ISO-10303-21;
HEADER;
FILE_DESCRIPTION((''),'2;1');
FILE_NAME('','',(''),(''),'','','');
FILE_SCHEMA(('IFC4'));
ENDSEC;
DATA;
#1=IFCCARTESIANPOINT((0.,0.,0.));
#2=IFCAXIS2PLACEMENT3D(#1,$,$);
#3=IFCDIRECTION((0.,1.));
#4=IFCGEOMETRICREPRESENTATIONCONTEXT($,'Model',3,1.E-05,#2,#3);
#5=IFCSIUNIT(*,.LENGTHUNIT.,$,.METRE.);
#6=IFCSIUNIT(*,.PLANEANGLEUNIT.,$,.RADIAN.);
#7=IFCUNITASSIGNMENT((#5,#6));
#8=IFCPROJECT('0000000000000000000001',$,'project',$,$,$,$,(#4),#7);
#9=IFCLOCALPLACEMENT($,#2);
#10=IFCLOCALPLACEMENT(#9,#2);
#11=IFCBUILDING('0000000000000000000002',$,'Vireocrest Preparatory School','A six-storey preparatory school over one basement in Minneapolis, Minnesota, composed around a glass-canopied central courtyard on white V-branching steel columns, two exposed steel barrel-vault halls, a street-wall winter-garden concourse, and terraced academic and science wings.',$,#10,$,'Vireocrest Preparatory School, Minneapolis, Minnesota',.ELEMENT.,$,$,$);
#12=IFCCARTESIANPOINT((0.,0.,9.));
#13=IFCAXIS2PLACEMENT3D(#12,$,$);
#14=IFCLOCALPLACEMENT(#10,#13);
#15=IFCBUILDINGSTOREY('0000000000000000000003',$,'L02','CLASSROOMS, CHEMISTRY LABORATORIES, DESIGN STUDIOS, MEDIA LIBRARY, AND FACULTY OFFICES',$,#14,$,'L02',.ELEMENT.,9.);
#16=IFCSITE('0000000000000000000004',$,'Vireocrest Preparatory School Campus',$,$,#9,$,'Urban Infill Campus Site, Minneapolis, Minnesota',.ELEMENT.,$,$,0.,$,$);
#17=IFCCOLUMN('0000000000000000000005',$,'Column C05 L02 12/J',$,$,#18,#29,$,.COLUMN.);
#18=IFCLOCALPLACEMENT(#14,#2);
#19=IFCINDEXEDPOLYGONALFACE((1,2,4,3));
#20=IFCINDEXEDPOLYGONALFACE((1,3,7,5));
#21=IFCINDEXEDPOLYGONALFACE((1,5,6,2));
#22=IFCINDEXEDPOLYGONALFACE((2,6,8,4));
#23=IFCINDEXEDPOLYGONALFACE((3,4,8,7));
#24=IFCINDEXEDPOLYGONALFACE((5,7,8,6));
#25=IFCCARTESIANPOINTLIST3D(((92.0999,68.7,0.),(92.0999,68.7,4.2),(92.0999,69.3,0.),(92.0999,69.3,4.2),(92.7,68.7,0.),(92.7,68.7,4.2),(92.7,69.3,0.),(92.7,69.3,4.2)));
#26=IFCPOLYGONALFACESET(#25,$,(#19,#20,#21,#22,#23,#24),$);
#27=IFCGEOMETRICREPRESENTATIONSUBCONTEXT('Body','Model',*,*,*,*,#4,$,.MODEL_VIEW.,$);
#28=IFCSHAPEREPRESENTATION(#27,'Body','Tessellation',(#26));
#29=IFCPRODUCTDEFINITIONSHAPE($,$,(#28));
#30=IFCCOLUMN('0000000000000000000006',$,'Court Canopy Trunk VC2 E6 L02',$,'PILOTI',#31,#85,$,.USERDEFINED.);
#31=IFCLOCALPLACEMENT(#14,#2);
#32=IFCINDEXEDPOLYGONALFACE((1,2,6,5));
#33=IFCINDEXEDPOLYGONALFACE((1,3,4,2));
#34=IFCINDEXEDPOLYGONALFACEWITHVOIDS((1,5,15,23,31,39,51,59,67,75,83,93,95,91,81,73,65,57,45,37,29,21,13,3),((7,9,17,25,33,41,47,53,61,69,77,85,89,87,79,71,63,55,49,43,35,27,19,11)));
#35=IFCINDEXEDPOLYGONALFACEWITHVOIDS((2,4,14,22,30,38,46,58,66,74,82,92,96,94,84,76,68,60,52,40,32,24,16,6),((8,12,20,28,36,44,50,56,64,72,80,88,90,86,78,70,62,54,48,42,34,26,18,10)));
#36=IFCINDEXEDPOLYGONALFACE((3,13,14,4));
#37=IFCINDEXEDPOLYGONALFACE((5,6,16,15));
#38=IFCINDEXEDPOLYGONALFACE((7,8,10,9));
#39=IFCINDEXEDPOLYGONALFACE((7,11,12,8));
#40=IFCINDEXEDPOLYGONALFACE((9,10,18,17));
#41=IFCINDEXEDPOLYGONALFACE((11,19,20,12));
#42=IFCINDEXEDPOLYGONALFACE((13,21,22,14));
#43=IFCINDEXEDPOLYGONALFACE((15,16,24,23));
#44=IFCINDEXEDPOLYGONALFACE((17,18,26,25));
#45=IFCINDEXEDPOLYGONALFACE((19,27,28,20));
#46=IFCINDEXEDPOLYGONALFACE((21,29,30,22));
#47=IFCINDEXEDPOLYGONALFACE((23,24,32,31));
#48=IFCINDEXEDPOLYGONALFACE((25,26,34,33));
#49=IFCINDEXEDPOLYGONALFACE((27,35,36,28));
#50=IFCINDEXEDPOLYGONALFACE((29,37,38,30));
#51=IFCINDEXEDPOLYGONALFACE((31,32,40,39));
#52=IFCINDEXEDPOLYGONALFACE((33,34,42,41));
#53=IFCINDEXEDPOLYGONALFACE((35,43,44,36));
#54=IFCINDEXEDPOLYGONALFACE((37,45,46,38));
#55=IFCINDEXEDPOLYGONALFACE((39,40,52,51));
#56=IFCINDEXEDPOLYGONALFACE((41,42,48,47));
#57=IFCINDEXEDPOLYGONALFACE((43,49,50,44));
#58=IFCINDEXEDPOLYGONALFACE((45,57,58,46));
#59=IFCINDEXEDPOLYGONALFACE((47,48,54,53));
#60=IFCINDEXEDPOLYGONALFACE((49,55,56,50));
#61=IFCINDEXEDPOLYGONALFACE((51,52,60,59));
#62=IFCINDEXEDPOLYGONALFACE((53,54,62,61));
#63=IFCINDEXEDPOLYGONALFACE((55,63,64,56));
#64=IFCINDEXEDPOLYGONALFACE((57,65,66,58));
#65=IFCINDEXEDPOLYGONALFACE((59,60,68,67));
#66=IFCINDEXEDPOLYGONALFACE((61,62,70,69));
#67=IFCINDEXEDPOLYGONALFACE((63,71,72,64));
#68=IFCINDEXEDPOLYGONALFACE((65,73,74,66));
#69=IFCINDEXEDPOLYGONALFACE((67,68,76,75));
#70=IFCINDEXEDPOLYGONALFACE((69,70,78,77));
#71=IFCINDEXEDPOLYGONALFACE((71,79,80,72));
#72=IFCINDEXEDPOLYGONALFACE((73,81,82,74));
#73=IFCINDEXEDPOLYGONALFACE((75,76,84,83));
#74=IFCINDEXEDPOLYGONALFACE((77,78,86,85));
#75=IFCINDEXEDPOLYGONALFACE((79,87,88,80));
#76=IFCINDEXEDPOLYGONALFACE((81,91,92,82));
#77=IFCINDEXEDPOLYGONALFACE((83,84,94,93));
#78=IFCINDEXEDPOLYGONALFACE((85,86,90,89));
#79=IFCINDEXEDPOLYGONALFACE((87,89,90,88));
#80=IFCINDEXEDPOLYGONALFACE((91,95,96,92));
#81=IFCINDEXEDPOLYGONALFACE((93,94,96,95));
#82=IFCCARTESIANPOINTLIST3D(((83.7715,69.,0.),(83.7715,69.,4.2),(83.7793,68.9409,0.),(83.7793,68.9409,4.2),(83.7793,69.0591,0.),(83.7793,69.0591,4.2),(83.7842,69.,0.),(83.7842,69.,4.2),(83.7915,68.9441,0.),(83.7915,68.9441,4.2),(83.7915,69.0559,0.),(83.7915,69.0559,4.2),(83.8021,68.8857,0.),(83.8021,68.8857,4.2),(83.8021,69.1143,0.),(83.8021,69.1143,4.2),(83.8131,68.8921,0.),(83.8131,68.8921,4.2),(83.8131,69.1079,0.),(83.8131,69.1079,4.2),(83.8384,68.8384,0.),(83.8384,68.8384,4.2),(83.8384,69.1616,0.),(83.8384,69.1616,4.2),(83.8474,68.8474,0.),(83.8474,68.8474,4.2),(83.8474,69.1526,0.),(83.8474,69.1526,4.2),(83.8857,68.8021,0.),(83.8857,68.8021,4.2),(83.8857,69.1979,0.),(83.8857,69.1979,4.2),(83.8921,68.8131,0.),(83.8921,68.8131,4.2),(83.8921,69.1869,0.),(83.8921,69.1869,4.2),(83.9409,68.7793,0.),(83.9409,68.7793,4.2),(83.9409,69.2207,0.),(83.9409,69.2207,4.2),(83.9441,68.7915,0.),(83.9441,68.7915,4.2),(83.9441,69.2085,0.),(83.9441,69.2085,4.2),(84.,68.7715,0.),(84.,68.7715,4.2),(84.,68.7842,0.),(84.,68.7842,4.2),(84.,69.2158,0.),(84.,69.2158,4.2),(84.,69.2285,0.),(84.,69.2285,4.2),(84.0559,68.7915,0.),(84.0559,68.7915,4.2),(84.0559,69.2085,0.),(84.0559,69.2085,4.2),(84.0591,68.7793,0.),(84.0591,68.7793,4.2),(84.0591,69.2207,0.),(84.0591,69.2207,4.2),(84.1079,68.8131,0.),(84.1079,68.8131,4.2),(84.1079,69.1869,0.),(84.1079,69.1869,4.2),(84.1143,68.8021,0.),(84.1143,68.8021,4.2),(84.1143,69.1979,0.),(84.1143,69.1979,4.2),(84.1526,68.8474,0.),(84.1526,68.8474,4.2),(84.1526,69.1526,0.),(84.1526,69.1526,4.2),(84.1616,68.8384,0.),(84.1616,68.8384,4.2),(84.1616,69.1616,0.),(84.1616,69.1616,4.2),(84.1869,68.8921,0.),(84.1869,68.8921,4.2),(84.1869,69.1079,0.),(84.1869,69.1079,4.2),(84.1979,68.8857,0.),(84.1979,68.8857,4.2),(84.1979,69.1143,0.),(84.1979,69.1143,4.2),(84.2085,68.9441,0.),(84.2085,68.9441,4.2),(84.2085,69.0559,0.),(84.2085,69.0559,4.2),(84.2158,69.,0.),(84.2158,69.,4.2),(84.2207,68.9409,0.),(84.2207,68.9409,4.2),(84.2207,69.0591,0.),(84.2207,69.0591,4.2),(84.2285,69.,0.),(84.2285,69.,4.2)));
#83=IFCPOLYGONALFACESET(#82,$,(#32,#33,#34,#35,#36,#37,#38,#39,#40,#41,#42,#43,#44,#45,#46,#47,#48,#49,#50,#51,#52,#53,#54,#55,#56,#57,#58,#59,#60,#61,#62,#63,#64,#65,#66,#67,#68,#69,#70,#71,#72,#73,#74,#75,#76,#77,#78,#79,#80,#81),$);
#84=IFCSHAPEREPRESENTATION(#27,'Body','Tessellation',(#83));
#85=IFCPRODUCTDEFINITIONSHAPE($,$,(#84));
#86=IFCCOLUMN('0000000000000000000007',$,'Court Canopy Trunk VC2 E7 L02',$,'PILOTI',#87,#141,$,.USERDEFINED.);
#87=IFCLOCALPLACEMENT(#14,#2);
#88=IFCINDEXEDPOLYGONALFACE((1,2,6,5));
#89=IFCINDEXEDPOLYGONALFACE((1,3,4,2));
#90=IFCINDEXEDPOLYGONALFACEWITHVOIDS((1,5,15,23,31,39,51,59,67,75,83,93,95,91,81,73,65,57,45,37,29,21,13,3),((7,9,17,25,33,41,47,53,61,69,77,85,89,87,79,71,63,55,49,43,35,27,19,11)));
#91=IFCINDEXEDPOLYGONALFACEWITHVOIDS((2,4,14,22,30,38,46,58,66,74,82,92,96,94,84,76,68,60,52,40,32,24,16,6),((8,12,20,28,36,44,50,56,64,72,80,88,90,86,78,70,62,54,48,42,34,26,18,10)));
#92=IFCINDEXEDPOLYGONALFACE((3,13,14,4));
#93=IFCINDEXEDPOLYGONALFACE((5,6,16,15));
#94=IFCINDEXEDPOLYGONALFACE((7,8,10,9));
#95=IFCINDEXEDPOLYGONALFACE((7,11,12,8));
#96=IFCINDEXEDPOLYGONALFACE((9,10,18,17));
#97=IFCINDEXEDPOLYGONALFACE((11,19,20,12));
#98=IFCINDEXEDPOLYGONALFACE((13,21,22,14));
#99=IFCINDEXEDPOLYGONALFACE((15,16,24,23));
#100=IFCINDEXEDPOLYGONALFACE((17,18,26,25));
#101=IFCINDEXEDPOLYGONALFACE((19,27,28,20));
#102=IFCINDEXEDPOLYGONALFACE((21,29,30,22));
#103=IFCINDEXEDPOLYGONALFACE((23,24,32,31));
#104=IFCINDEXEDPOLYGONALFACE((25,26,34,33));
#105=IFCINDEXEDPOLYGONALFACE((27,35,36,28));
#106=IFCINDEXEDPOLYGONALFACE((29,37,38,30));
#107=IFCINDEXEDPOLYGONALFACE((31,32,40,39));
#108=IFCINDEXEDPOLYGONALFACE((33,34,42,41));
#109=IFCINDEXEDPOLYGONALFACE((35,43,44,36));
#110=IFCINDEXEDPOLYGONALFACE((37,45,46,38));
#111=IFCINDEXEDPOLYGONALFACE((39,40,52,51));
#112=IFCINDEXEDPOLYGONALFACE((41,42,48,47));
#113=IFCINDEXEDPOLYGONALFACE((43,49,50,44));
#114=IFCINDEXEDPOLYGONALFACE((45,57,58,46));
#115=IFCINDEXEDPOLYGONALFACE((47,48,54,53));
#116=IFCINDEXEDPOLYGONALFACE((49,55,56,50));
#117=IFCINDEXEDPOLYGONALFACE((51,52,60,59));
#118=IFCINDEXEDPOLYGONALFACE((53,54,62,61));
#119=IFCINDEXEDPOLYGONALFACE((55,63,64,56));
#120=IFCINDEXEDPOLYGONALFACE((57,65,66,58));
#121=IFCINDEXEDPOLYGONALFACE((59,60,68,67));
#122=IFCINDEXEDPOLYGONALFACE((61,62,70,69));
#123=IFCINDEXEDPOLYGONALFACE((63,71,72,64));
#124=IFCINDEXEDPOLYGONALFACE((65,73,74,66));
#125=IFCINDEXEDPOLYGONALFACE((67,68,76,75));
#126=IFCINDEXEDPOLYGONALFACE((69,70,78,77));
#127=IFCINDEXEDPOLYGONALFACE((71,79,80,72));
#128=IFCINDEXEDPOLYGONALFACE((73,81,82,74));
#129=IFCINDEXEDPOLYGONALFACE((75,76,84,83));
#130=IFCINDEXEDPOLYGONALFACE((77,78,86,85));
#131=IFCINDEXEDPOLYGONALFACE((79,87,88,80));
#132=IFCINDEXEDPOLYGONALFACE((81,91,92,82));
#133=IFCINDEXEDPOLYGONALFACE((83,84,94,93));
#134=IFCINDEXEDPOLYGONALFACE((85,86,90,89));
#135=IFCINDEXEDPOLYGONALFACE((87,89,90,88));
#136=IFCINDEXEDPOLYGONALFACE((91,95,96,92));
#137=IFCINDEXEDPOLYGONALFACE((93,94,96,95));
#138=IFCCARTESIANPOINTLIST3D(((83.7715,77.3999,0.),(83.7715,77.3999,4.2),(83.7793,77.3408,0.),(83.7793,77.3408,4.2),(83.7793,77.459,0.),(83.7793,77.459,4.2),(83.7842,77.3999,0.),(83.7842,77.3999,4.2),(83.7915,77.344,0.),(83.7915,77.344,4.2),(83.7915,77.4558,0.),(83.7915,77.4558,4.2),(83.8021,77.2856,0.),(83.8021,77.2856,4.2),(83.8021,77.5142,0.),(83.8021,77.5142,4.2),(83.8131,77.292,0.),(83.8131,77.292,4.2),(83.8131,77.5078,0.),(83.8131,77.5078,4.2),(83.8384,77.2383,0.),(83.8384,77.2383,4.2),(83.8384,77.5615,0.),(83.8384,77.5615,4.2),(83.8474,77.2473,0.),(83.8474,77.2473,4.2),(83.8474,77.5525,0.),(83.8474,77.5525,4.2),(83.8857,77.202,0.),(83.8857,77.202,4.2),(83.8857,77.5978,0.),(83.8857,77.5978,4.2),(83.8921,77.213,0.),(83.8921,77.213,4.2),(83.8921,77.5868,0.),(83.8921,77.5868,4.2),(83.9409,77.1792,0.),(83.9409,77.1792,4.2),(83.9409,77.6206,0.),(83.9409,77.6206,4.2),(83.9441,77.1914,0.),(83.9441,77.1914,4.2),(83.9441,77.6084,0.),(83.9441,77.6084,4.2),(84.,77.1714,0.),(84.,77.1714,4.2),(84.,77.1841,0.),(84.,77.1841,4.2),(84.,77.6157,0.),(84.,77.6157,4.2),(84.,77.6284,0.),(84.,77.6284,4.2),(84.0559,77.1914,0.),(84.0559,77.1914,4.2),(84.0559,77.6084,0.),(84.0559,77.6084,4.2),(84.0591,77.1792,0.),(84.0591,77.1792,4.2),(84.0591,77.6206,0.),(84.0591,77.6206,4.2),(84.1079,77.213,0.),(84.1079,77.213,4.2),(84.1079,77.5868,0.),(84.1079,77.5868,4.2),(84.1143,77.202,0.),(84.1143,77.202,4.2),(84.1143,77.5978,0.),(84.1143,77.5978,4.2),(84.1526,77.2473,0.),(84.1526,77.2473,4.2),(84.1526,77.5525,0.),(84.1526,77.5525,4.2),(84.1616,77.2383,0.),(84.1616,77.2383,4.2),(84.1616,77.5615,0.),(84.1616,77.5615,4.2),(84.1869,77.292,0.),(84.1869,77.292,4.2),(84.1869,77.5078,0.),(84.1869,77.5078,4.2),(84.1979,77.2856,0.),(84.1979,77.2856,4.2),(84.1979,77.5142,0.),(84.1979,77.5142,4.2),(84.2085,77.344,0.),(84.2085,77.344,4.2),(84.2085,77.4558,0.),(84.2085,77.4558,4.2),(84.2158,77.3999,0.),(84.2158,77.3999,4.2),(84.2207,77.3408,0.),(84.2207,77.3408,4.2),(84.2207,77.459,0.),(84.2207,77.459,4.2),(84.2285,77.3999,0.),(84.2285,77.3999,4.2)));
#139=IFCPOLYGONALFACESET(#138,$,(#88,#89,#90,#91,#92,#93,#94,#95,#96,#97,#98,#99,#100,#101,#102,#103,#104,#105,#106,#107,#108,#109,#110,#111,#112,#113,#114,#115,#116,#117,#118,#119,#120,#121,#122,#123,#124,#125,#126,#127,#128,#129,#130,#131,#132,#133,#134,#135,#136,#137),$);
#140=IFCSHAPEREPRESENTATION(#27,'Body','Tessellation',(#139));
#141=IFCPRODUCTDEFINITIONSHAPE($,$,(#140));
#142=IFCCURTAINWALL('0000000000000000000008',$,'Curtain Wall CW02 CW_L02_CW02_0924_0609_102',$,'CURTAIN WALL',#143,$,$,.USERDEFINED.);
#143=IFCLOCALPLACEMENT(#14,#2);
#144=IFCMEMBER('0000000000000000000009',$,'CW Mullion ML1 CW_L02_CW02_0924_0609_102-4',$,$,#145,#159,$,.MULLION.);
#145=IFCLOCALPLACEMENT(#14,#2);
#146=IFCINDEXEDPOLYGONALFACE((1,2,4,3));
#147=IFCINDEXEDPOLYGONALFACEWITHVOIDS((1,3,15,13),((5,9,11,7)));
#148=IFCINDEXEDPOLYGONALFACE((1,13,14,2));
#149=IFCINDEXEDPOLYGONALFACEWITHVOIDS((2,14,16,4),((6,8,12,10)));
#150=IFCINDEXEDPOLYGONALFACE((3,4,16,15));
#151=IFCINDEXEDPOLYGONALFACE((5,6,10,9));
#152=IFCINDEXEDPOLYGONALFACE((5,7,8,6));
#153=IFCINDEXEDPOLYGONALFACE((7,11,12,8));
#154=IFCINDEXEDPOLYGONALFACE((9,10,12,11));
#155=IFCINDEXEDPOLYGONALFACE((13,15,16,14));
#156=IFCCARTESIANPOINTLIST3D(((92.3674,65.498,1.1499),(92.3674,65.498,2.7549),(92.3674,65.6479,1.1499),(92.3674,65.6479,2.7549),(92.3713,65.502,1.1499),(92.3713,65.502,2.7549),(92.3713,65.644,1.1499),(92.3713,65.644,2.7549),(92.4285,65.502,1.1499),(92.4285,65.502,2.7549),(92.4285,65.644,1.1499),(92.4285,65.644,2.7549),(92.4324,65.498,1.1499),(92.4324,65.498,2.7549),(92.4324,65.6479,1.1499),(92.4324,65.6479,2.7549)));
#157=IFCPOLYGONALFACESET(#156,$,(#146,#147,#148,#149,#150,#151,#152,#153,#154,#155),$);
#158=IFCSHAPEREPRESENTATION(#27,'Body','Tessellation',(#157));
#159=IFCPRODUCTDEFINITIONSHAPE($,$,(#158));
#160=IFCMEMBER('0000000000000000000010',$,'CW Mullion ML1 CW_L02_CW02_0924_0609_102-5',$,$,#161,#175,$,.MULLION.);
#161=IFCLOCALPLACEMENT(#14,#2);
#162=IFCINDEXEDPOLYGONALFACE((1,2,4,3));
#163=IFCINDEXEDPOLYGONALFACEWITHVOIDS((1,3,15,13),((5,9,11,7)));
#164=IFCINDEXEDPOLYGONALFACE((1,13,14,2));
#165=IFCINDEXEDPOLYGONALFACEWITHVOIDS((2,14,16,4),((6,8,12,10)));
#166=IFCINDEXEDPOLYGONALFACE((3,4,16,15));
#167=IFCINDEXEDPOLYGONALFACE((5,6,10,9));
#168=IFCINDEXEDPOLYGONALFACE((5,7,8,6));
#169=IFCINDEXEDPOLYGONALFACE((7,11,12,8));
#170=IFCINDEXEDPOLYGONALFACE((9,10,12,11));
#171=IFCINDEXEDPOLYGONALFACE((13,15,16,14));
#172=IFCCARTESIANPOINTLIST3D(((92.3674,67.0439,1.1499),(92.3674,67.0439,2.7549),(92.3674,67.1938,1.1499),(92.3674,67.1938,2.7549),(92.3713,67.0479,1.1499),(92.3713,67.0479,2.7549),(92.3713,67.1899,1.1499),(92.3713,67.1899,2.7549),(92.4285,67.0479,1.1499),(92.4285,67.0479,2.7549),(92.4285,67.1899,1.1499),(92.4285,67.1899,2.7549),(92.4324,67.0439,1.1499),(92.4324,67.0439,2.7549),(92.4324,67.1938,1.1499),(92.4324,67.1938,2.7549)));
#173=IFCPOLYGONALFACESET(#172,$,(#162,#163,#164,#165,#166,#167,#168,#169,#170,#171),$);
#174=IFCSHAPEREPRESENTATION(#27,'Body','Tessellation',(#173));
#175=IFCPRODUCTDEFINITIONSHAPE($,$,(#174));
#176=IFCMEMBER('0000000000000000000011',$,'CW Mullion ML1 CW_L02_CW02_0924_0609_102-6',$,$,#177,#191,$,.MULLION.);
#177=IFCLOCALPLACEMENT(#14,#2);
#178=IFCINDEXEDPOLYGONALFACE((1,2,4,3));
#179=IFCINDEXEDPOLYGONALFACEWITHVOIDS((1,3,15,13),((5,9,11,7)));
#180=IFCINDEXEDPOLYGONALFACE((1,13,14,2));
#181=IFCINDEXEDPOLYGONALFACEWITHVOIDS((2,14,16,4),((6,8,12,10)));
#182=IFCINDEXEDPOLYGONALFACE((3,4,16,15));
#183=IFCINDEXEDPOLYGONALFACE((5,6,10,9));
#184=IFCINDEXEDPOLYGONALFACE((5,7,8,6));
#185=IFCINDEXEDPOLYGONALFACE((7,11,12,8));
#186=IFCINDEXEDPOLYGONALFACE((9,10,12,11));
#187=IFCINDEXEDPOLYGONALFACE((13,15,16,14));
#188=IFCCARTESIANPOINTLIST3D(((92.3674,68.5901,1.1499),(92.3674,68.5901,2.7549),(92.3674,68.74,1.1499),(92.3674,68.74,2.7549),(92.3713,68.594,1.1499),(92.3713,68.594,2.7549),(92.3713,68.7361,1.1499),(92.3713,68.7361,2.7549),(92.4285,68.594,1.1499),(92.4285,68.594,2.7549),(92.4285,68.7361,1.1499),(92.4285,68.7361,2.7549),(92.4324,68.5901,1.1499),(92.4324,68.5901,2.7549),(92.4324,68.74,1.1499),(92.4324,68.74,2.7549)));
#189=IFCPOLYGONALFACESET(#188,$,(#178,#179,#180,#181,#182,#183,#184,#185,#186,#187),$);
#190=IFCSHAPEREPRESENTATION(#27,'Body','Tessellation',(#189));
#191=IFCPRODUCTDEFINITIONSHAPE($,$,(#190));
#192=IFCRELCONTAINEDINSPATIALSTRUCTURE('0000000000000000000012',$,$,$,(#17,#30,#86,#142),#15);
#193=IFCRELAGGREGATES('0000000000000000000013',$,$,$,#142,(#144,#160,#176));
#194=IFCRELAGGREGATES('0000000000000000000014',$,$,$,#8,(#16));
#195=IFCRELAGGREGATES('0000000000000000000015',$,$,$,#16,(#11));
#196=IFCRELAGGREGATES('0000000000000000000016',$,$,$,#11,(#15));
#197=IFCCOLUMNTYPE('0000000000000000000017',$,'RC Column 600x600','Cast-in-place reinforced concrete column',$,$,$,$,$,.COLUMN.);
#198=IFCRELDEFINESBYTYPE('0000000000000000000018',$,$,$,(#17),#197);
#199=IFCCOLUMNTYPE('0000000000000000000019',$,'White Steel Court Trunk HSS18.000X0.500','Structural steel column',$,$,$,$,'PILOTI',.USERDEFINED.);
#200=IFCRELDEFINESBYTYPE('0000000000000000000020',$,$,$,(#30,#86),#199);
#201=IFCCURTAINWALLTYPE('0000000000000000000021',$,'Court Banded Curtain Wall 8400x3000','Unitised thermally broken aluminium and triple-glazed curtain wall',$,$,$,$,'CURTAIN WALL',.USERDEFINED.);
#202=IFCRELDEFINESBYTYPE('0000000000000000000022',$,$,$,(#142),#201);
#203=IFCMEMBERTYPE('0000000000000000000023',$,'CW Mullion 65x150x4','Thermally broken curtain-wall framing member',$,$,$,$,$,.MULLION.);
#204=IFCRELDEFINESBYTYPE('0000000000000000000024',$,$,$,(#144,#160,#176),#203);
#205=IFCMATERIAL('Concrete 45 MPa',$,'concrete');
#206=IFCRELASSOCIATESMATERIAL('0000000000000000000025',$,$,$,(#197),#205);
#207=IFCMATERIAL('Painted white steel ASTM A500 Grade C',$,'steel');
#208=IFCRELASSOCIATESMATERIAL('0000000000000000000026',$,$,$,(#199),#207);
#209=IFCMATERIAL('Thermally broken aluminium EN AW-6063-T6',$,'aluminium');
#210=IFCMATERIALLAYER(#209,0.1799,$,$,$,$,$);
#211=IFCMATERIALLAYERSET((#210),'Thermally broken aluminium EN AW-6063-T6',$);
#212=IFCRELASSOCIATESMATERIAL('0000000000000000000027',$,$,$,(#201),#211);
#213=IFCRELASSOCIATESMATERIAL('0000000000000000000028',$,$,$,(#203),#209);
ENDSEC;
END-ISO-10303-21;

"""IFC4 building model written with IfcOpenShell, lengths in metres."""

from ifc_helpers import new_model, si_unit, direction, frame, origin, origin_2d, place, context, subcontext, project, spatial, rectangle, hollow_rectangle, hollow_circle, extrude, material, layer, layer_set, material_profile, profile_set, type_object, element, aggregate, save


model = new_model("IFC4")

# Units and contexts
model_context = context("Model", 3, precision=1e-05, world=origin(), true_north=direction((0.0, 1.0)))
body_context = subcontext(model_context, "Body", "Model", "MODEL_VIEW")
ifc_project = project(units=[si_unit("LENGTHUNIT", "METRE"), si_unit("PLANEANGLEUNIT", "RADIAN")], contexts=[model_context])

# Site, building, storey
site_placement = place(None, origin())
site = spatial("IfcSite", under=ifc_project, at=site_placement, Name="Vireocrest Preparatory School Campus", LongName="Urban Infill Campus Site, Minneapolis, Minnesota", CompositionType="ELEMENT", RefElevation=0.0)
building_placement = place(site_placement, origin())
building = spatial("IfcBuilding", under=site, at=building_placement, Name="Vireocrest Preparatory School", Description="A six-storey preparatory school over one basement in Minneapolis, Minnesota, composed around a glass-canopied central courtyard on white V-branching steel columns, two exposed steel barrel-vault halls, a street-wall winter-garden concourse, and terraced academic and science wings.", LongName="Vireocrest Preparatory School, Minneapolis, Minnesota", CompositionType="ELEMENT")
storey_placement = place(building_placement, frame((0.0, 0.0, 9.0)))
storey = spatial("IfcBuildingStorey", under=building, at=storey_placement, Name="L02", Description="CLASSROOMS, CHEMISTRY LABORATORIES, DESIGN STUDIOS, MEDIA LIBRARY, AND FACULTY OFFICES", LongName="L02", CompositionType="ELEMENT", Elevation=9.0)

# Columns
ifc_material_1 = material(Name="Concrete 45 MPa", Category="concrete")
ifc_material_profile_1 = material_profile(ifc_material_1, rectangle(XDim=0.6001, YDim=0.6001, at=origin_2d()), Name="RC 600x600")
ifc_profile_set_1 = profile_set([ifc_material_profile_1], Name="Concrete 45 MPa")
column_type_1 = type_object("IfcColumnType", Name="RC Column 600x600", Description="Cast-in-place reinforced concrete column", PredefinedType="COLUMN", material=ifc_profile_set_1)
column_placement = place(storey_placement, frame((92.3999, 69.0, 0.0), z_axis=(0.0, 0.0, 1.0), x_axis=(1.0, 0.0, 0.0)))
element("IfcColumn", 1, at=column_placement, inside=storey, type_object=column_type_1, Name="Column C05 L02 12/J", PredefinedType="COLUMN", context=body_context, shape_type="SweptSolid", body=[
    extrude(rectangle(XDim=0.6001, YDim=0.6001, at=origin_2d()), origin(), (0.0, 0.0, 1.0), 4.2),
])
ifc_material_2 = material(Name="Painted white steel ASTM A500 Grade C", Category="steel")
ifc_material_profile_2 = material_profile(ifc_material_2, hollow_circle(Radius=0.2285, WallThickness=0.0127, at=origin_2d()), Name="HSS18.000X0.500")
ifc_profile_set_2 = profile_set([ifc_material_profile_2], Name="Painted white steel ASTM A500 Grade C")
column_type_2 = type_object("IfcColumnType", Name="White Steel Court Trunk HSS18.000X0.500", Description="Structural steel column", ElementType="PILOTI", PredefinedType="USERDEFINED", material=ifc_profile_set_2)
for number, where, z_axis, x_axis, name in (
    (2, (84.0, 69.0, 0.0), (0.0, 0.0, 1.0), (1.0, 0.0, 0.0), "Court Canopy Trunk VC2 E6 L02"),
    (3, (84.0, 77.3999, 0.0), (0.0, 0.0, 1.0), (1.0, 0.0, 0.0), "Court Canopy Trunk VC2 E7 L02"),
):
    element("IfcColumn", number, at=place(storey_placement, frame(where, z_axis=z_axis, x_axis=x_axis)), inside=storey, type_object=column_type_2, Name=name, ObjectType="PILOTI", PredefinedType="USERDEFINED", context=body_context, shape_type="SweptSolid", body=[
        extrude(hollow_circle(Radius=0.2285, WallThickness=0.0127, at=origin_2d()), origin(), (0.0, 0.0, 1.0), 4.2),
    ])

# Curtain wall, members
ifc_material_3 = material(Name="Thermally broken aluminium EN AW-6063-T6", Category="aluminium")
ifc_layer_1 = layer(ifc_material_3, 0.1799)
ifc_layer_set_1 = layer_set([ifc_layer_1], Name="Thermally broken aluminium EN AW-6063-T6")
curtain_wall_type = type_object("IfcCurtainWallType", Name="Court Banded Curtain Wall 8400x3000", Description="Unitised thermally broken aluminium and triple-glazed curtain wall", ElementType="CURTAIN WALL", PredefinedType="USERDEFINED", material=ifc_layer_set_1)
curtain_wall_1_placement = place(storey_placement, origin())
curtain_wall_1 = element("IfcCurtainWall", 4, at=curtain_wall_1_placement, inside=storey, type_object=curtain_wall_type, Name="Curtain Wall CW02 CW_L02_CW02_0924_0609_102", ObjectType="CURTAIN WALL", PredefinedType="USERDEFINED")
ifc_material_profile_3 = material_profile(ifc_material_3, hollow_rectangle(XDim=0.0649, YDim=0.1499, WallThickness=0.0039, at=origin_2d()), Name="ALU 65x150x4")
ifc_profile_set_3 = profile_set([ifc_material_profile_3], Name="Thermally broken aluminium EN AW-6063-T6")
member_type_1 = type_object("IfcMemberType", Name="CW Mullion 65x150x4", Description="Thermally broken curtain-wall framing member", PredefinedType="MULLION", material=ifc_profile_set_3)
member_1_placement = place(storey_placement, frame((92.3999, 65.573, 1.1499), z_axis=(0.0, 0.0, 1.0), x_axis=(1.0, 0.0, 0.0)))
member_1 = element("IfcMember", 5, at=member_1_placement, type_object=member_type_1, Name="CW Mullion ML1 CW_L02_CW02_0924_0609_102-4", PredefinedType="MULLION", context=body_context, shape_type="SweptSolid", body=[
    extrude(hollow_rectangle(XDim=0.0649, YDim=0.1499, WallThickness=0.0039, at=origin_2d()), origin(), (0.0, 0.0, 1.0), 1.605),
])
member_2_placement = place(storey_placement, frame((92.3999, 67.1189, 1.1499), z_axis=(0.0, 0.0, 1.0), x_axis=(1.0, 0.0, 0.0)))
member_2 = element("IfcMember", 6, at=member_2_placement, type_object=member_type_1, Name="CW Mullion ML1 CW_L02_CW02_0924_0609_102-5", PredefinedType="MULLION", context=body_context, shape_type="SweptSolid", body=[
    extrude(hollow_rectangle(XDim=0.0649, YDim=0.1499, WallThickness=0.0039, at=origin_2d()), origin(), (0.0, 0.0, 1.0), 1.605),
])
member_3_placement = place(storey_placement, frame((92.3999, 68.665, 1.1499), z_axis=(0.0, 0.0, 1.0), x_axis=(1.0, 0.0, 0.0)))
member_3 = element("IfcMember", 7, at=member_3_placement, type_object=member_type_1, Name="CW Mullion ML1 CW_L02_CW02_0924_0609_102-6", PredefinedType="MULLION", context=body_context, shape_type="SweptSolid", body=[
    extrude(hollow_rectangle(XDim=0.0649, YDim=0.1499, WallThickness=0.0039, at=origin_2d()), origin(), (0.0, 0.0, 1.0), 1.605),
])

aggregate(curtain_wall_1, [member_1, member_2, member_3])

save(model, "model.ifc")
